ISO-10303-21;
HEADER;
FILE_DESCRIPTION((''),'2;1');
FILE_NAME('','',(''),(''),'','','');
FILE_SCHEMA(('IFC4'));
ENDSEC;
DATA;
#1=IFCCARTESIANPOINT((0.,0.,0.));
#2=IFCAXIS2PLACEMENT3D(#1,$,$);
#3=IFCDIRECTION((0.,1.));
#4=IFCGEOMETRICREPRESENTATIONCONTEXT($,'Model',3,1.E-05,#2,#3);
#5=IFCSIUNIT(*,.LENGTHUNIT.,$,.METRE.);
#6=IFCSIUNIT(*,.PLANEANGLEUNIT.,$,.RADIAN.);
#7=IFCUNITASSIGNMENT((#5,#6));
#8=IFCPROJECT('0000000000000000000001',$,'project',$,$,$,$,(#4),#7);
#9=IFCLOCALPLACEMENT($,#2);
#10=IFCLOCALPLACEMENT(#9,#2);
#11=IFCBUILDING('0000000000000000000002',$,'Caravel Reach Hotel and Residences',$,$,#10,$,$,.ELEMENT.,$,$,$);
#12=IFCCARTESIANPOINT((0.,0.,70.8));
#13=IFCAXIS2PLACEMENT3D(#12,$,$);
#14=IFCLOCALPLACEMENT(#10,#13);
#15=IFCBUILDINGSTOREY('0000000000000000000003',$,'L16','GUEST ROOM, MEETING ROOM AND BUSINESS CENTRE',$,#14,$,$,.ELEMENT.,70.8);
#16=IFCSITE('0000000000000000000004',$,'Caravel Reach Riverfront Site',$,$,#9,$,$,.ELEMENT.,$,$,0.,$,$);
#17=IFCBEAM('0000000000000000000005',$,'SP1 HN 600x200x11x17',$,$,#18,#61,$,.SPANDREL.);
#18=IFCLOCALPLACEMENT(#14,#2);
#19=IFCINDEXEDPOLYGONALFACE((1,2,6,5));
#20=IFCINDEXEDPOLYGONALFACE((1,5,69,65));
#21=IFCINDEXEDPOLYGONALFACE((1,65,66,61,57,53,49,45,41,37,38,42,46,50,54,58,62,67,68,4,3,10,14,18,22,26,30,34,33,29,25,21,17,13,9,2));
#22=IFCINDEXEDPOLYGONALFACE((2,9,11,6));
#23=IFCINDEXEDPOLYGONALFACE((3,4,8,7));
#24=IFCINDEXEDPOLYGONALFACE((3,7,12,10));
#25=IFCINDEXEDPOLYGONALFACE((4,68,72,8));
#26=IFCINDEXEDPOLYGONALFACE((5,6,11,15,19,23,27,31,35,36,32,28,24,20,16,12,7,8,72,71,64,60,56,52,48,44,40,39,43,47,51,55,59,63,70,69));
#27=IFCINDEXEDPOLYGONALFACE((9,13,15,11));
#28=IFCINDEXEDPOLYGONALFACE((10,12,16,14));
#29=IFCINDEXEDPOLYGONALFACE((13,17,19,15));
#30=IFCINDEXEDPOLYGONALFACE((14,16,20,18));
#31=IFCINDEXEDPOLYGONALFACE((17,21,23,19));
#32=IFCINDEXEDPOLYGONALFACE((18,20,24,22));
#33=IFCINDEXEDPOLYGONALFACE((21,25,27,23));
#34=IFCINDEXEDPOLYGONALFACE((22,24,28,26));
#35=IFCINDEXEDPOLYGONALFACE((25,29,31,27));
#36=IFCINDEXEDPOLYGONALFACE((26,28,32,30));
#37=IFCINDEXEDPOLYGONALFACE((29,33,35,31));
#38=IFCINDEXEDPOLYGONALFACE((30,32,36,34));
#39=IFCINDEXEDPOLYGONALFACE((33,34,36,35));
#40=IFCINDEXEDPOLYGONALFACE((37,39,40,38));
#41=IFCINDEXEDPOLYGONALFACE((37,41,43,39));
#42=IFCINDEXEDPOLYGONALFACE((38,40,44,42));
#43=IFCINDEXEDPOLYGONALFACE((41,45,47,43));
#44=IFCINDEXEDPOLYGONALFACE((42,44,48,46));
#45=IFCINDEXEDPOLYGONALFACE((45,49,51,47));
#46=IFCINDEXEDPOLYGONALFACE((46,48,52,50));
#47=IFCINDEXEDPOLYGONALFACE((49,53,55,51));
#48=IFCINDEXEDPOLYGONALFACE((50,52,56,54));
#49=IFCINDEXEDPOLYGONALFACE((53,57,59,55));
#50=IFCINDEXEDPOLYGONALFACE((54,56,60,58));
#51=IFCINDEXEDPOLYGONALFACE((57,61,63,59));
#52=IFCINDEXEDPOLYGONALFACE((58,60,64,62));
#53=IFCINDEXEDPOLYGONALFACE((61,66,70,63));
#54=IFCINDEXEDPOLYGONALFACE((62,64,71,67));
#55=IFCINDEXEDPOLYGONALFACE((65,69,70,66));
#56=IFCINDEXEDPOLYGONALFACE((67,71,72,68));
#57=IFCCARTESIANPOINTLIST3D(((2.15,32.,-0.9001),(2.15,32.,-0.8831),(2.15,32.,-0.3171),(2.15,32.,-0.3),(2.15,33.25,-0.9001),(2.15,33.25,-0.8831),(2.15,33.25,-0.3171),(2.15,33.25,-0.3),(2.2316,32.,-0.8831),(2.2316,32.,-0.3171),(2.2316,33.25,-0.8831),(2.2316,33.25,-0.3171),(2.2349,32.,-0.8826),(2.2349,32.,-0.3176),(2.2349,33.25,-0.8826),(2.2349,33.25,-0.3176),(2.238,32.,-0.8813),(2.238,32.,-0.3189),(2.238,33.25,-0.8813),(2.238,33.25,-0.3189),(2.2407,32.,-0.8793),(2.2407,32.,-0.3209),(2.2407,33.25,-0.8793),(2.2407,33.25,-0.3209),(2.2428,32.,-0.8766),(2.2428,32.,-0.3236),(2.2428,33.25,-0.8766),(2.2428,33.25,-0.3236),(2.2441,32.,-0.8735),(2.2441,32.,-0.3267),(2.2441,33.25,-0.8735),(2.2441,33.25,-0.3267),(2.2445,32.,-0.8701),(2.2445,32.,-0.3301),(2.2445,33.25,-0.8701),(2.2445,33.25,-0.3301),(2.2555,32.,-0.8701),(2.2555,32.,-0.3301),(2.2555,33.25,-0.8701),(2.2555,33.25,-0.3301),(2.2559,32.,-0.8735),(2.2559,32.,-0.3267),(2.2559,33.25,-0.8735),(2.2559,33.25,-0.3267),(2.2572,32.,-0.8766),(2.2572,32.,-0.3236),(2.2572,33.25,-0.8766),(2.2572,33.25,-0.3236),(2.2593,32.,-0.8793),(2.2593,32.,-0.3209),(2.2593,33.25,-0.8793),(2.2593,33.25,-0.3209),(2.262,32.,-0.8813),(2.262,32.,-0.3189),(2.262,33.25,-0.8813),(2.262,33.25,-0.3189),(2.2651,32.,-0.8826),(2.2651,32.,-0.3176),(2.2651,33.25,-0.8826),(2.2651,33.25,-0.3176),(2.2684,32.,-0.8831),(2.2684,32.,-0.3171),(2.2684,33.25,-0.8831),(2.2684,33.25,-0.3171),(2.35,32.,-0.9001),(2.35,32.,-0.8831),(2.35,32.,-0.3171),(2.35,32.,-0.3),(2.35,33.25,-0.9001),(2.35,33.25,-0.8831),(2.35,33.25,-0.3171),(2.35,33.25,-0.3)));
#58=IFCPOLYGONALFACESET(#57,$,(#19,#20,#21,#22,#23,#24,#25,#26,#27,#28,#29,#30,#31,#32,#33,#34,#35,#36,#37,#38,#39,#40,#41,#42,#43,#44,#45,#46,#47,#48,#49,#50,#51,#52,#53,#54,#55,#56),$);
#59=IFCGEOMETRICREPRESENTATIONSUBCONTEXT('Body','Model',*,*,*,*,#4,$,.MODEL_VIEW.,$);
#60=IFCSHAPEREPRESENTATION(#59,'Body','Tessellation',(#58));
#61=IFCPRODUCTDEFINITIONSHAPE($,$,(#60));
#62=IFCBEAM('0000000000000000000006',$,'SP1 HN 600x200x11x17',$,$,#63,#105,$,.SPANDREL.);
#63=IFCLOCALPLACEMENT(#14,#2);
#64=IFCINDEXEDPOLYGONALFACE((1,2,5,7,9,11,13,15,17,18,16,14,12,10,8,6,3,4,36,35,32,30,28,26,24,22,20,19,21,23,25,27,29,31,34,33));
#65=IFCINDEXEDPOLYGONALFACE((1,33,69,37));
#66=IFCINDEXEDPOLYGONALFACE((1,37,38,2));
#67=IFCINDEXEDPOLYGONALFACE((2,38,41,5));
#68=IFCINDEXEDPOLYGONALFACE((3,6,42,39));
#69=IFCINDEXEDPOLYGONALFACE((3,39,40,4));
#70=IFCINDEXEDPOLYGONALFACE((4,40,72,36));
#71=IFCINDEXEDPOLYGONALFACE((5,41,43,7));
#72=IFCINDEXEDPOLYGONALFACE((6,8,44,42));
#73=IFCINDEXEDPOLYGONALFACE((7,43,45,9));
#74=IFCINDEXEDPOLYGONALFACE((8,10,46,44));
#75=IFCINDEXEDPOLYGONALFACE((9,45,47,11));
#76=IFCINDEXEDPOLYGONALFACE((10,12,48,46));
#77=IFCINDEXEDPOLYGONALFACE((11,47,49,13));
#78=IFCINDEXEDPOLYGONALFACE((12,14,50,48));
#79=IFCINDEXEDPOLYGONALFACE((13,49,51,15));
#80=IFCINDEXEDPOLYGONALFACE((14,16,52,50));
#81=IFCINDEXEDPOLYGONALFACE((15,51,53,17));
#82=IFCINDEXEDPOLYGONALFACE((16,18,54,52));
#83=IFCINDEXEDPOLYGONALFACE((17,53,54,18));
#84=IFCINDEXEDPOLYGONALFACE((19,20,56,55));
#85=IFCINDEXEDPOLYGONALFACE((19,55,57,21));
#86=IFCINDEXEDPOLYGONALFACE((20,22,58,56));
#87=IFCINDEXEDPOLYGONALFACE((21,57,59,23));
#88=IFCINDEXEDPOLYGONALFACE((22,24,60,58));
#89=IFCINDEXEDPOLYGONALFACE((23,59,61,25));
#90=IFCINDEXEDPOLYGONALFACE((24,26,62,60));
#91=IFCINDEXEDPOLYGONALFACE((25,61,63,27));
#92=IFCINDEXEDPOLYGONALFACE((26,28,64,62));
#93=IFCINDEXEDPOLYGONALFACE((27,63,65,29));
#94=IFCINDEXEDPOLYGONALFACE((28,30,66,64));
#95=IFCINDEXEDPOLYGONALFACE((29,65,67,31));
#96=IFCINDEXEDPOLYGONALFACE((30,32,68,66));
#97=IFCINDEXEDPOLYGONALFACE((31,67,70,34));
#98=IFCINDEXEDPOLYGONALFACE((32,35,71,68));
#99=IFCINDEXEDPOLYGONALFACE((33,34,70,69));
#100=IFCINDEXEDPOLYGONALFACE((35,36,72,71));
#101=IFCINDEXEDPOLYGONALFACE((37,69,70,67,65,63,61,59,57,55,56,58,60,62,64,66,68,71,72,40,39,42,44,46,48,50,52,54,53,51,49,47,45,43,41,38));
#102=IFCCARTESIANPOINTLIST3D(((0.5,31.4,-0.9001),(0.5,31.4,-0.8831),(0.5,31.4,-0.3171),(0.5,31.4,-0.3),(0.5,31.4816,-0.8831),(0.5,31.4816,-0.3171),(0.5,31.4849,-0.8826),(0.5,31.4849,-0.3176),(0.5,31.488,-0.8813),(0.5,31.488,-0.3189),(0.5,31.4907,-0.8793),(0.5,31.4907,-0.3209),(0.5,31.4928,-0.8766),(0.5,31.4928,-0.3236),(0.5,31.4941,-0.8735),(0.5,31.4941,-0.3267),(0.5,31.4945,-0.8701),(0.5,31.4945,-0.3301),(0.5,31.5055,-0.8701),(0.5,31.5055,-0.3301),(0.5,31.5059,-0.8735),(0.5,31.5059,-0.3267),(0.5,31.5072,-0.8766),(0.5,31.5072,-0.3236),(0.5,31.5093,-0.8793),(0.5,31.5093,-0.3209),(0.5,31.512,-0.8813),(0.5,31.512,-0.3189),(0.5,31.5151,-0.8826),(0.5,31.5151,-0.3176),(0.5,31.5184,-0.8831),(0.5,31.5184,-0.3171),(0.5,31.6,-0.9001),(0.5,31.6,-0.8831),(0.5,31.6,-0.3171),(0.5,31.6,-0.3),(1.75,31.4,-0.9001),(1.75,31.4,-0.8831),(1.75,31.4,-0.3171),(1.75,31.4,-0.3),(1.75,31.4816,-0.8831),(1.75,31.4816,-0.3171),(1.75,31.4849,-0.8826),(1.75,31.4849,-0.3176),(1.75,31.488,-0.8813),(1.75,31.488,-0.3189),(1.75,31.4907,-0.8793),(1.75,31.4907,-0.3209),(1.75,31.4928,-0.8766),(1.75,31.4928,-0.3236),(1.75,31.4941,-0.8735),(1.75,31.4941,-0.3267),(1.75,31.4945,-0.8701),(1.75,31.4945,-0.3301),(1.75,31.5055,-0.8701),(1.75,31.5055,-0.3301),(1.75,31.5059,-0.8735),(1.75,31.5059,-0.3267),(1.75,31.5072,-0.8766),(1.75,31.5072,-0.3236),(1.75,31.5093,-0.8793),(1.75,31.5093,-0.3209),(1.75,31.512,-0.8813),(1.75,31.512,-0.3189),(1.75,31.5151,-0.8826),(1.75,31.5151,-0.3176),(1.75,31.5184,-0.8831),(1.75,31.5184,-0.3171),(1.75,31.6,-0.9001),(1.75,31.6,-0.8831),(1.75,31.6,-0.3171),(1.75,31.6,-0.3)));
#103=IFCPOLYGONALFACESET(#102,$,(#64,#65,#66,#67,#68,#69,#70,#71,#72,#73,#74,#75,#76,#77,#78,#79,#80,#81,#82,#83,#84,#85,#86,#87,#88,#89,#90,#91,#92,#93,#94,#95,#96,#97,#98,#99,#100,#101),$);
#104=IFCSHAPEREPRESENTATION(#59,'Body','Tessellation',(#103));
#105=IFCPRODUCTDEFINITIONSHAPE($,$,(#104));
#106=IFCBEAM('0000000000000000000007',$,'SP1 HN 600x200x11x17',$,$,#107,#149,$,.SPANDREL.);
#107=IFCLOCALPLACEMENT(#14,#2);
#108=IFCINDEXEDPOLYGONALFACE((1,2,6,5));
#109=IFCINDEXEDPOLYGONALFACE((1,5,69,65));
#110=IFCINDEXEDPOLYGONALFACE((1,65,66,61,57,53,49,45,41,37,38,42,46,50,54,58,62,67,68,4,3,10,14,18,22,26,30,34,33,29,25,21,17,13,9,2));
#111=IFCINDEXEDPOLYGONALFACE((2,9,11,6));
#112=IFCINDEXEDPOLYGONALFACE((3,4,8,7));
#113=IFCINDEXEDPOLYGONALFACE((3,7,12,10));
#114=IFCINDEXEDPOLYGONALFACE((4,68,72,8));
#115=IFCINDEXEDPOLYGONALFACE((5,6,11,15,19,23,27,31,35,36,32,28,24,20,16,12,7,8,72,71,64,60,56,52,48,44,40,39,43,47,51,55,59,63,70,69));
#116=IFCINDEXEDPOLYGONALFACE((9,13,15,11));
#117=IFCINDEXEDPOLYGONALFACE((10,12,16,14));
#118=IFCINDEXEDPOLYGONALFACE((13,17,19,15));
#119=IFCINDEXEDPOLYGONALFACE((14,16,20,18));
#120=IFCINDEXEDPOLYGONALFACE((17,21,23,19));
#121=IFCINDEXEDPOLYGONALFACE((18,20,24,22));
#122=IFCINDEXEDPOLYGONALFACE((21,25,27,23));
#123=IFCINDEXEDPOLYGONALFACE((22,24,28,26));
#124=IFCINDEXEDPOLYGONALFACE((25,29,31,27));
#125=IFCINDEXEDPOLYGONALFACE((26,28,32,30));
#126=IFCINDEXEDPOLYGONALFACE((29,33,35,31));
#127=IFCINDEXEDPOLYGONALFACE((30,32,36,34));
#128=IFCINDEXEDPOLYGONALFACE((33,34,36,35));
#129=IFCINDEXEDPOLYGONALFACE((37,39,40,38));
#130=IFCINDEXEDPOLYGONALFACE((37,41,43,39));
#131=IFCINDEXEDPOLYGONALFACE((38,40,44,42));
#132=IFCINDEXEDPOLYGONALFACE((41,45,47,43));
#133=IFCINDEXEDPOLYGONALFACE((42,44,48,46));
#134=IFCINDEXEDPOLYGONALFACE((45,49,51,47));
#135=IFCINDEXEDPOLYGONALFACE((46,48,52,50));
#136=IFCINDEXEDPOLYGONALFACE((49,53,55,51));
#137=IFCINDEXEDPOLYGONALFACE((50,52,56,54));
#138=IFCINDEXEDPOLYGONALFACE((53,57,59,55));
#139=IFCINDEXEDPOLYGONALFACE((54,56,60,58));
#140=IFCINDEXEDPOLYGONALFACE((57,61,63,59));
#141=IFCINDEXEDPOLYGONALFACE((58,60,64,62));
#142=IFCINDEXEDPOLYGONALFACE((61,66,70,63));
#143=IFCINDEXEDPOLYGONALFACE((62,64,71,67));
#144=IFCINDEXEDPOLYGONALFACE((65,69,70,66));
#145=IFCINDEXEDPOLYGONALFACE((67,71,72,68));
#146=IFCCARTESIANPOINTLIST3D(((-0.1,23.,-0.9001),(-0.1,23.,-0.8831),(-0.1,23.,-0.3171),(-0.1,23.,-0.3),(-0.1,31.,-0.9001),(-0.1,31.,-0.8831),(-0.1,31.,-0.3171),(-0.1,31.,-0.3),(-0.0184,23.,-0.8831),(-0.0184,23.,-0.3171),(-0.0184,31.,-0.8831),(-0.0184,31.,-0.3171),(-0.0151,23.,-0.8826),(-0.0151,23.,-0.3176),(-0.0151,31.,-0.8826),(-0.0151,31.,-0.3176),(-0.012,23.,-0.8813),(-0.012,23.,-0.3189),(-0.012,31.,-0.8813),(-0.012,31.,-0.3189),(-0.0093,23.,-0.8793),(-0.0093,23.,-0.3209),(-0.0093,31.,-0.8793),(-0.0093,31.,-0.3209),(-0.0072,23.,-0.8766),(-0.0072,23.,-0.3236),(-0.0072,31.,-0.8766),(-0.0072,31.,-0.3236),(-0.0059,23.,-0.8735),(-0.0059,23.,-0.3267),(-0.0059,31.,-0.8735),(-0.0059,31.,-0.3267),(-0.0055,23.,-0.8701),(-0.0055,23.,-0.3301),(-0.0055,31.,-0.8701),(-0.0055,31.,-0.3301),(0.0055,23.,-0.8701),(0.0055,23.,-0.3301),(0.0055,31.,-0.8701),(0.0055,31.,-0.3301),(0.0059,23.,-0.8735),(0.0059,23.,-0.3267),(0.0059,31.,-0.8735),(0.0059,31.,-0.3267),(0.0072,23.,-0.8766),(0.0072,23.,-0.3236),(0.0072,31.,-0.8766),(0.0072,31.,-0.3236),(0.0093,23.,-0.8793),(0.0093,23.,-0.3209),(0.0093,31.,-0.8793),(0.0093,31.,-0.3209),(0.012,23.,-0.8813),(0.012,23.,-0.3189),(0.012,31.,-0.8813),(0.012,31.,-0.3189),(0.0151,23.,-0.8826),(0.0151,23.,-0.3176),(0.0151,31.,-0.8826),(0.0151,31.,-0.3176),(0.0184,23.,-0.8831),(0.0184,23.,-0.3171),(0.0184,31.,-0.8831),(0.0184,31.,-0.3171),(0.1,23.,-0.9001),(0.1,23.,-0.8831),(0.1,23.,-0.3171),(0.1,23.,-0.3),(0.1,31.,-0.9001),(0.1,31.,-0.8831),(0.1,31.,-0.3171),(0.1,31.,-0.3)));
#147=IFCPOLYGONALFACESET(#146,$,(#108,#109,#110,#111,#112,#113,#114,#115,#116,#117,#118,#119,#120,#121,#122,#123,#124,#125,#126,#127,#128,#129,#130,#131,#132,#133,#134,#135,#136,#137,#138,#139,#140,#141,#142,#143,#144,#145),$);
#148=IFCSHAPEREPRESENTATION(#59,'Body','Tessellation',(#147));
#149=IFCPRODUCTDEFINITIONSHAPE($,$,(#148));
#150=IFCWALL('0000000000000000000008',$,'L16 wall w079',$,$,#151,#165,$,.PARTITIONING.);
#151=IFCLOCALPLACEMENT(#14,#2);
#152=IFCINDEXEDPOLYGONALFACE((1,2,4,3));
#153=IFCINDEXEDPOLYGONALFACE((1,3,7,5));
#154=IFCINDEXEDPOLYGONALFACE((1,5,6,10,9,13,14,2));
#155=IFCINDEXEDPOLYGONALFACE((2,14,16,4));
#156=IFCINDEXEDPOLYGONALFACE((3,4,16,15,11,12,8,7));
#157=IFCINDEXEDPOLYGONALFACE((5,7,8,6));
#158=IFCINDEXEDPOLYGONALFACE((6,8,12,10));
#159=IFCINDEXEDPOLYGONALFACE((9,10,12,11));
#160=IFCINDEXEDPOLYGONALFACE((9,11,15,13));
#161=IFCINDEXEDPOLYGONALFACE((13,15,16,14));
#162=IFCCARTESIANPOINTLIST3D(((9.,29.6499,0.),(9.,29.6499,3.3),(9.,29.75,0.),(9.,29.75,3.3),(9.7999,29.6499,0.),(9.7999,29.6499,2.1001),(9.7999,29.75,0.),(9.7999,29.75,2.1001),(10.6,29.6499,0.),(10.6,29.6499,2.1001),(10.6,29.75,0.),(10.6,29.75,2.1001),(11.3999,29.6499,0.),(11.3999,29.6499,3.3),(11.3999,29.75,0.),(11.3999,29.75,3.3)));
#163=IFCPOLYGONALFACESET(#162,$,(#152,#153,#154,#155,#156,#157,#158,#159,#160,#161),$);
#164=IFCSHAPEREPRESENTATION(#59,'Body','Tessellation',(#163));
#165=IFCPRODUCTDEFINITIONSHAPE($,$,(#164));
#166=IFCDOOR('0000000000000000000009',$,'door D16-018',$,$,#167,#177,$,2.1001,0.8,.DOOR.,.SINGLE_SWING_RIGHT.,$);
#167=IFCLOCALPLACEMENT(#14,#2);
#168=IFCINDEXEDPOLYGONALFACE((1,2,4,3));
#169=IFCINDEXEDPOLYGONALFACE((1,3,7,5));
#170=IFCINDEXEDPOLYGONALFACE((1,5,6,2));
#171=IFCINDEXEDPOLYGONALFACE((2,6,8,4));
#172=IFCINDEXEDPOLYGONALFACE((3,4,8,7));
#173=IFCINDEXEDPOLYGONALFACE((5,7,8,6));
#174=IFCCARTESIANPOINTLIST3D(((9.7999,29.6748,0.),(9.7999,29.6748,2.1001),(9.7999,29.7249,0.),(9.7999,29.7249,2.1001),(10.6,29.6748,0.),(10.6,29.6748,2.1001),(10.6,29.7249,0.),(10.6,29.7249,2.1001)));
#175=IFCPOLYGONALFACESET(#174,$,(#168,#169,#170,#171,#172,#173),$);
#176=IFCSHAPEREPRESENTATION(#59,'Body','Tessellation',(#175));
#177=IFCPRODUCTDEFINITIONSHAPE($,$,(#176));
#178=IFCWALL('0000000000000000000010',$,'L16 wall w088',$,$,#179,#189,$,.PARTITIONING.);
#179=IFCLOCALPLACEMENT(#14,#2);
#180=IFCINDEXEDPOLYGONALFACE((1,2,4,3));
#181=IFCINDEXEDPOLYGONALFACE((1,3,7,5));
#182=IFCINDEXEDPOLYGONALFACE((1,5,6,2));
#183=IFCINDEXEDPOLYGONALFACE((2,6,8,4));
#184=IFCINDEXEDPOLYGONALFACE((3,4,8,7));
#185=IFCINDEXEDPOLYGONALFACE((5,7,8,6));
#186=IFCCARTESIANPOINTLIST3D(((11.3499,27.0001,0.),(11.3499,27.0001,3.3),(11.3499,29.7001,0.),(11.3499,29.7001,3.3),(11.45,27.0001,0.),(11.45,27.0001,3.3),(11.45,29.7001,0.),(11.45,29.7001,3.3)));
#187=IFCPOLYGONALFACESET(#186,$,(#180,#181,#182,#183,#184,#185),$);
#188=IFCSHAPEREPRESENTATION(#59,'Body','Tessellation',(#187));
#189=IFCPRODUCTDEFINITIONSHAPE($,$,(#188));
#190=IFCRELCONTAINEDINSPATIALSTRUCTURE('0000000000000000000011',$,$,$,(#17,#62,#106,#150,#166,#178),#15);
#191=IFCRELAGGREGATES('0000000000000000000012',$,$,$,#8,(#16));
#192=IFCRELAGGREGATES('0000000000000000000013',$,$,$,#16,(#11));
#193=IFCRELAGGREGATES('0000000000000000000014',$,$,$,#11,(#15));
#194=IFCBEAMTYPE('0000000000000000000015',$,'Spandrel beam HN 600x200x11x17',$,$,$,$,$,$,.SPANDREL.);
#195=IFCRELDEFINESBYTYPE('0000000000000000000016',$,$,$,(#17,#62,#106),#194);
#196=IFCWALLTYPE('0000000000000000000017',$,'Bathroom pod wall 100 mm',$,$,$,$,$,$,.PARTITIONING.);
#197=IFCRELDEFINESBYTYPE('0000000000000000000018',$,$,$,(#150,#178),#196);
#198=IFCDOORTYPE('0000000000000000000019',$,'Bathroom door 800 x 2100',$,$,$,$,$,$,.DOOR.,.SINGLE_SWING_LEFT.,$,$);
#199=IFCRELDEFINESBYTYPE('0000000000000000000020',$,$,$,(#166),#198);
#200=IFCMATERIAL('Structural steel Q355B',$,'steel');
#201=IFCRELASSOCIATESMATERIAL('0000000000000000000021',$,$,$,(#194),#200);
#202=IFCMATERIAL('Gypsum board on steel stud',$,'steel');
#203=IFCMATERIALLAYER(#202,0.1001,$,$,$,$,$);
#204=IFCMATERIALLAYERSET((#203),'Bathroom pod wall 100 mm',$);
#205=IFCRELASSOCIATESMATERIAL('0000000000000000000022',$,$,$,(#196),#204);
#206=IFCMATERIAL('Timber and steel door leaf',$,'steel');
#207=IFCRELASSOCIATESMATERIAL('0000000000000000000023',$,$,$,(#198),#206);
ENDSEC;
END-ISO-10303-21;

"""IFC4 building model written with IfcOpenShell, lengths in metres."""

from ifc_helpers import new_model, si_unit, direction, frame, frame_2d, origin, origin_2d, place, context, subcontext, project, spatial, rectangle, i_section, extrude, material, layer, layer_set, material_profile, profile_set, type_object, element, fill, save


model = new_model("IFC4")

# Units and contexts
model_context = context("Model", 3, precision=1e-05, world=origin(), true_north=direction((0.0, 1.0)))
body_context = subcontext(model_context, "Body", "Model", "MODEL_VIEW")
ifc_project = project(units=[si_unit("LENGTHUNIT", "METRE"), si_unit("PLANEANGLEUNIT", "RADIAN")], contexts=[model_context])

# Site, building, storey
site_placement = place(None, origin())
site = spatial("IfcSite", under=ifc_project, at=site_placement, Name="Caravel Reach Riverfront Site", CompositionType="ELEMENT", RefElevation=0.0)
building_placement = place(site_placement, origin())
building = spatial("IfcBuilding", under=site, at=building_placement, Name="Caravel Reach Hotel and Residences", CompositionType="ELEMENT")
storey_placement = place(building_placement, frame((0.0, 0.0, 70.8)))
storey = spatial("IfcBuildingStorey", under=building, at=storey_placement, Name="L16", Description="GUEST ROOM, MEETING ROOM AND BUSINESS CENTRE", CompositionType="ELEMENT", Elevation=70.8)

# Beams
ifc_material_1 = material(Name="Structural steel Q355B", Category="steel")
ifc_material_profile_1 = material_profile(ifc_material_1, i_section(OverallWidth=0.2, OverallDepth=0.6001, WebThickness=0.011, FlangeThickness=0.0171, FilletRadius=0.0129, at=origin_2d()), Name="HN 600x200x11x17")
ifc_profile_set_1 = profile_set([ifc_material_profile_1], Name="Structural steel Q355B")
beam_type = type_object("IfcBeamType", Name="Spandrel beam HN 600x200x11x17", PredefinedType="SPANDREL", material=ifc_profile_set_1)
for number, where, z_axis, x_axis, name in (
    (1, (2.25, 33.25, -0.6001), (0.0, -1.0, 0.0), (1.0, 0.0, 0.0), "SP1 HN 600x200x11x17"),
    (2, (1.75, 31.5, -0.6001), (-1.0, 0.0, 0.0), (0.0, -1.0, 0.0), "SP1 HN 600x200x11x17"),
):
    element("IfcBeam", number, at=place(storey_placement, frame(where, z_axis=z_axis, x_axis=x_axis)), inside=storey, type_object=beam_type, Name=name, PredefinedType="SPANDREL", context=body_context, shape_type="SweptSolid", body=[
        extrude(i_section(OverallWidth=0.2, OverallDepth=0.6001, WebThickness=0.011, FlangeThickness=0.0171, FilletRadius=0.0129, at=origin_2d()), origin(), (0.0, 0.0, 1.0), 1.25),
    ])
beam_placement = place(storey_placement, frame((0.0, 31.0, -0.6001), z_axis=(0.0, -1.0, 0.0), x_axis=(1.0, 0.0, 0.0)))
element("IfcBeam", 3, at=beam_placement, inside=storey, type_object=beam_type, Name="SP1 HN 600x200x11x17", PredefinedType="SPANDREL", context=body_context, shape_type="SweptSolid", body=[
    extrude(i_section(OverallWidth=0.2, OverallDepth=0.6001, WebThickness=0.011, FlangeThickness=0.0171, FilletRadius=0.0129, at=origin_2d()), origin(), (0.0, 0.0, 1.0), 8.0),
])

# Wall, opening, door
ifc_material_2 = material(Name="Gypsum board on steel stud", Category="steel")
ifc_layer_1 = layer(ifc_material_2, 0.1001)
ifc_layer_set_1 = layer_set([ifc_layer_1], Name="Bathroom pod wall 100 mm")
wall_type_1 = type_object("IfcWallType", Name="Bathroom pod wall 100 mm", PredefinedType="PARTITIONING", material=ifc_layer_set_1)
wall_1_placement = place(storey_placement, frame((9.0, 29.7, 0.0), z_axis=(0.0, 0.0, 1.0), x_axis=(1.0, 0.0, 0.0)))
wall_1 = element("IfcWall", 4, at=wall_1_placement, inside=storey, type_object=wall_type_1, Name="L16 wall w079", PredefinedType="PARTITIONING", context=body_context, shape_type="SweptSolid", body=[
    extrude(rectangle(XDim=2.3999, YDim=0.1001, at=frame_2d((1.2, 0.0))), origin(), (0.0, 0.0, 1.0), 3.3),
])
opening_1_placement = place(wall_1_placement, frame((0.8, 0.0, 0.0)))
opening_1 = element("IfcOpeningElement", 5, at=opening_1_placement, cuts=wall_1, PredefinedType="OPENING", context=body_context, shape_type="SweptSolid", body=[
    extrude(rectangle(XDim=0.8, YDim=2.1001, at=frame_2d((0.3999, 1.05))), frame((0.0, 0.0601, 0.0), z_axis=(0.0, -1.0, 0.0), x_axis=(1.0, 0.0, 0.0)), (0.0, 0.0, 1.0), 0.1201),
])
ifc_material_3 = material(Name="Timber and steel door leaf", Category="steel")
door_type_1 = type_object("IfcDoorType", Name="Bathroom door 800 x 2100", OperationType="SINGLE_SWING_LEFT", PredefinedType="DOOR", material=ifc_material_3)
door_1_placement = place(opening_1_placement, origin())
door_1 = element("IfcDoor", 6, at=door_1_placement, inside=storey, type_object=door_type_1, Name="door D16-018", OperationType="SINGLE_SWING_RIGHT", OverallHeight=2.1001, OverallWidth=0.8, PredefinedType="DOOR", context=body_context, shape_type="SweptSolid", body=[
    extrude(rectangle(XDim=0.8, YDim=2.1001, at=frame_2d((0.3999, 1.05))), frame((0.0, 0.0249, 0.0), z_axis=(0.0, -1.0, 0.0), x_axis=(1.0, 0.0, 0.0)), (0.0, 0.0, 1.0), 0.05),
])
fill(opening_1, door_1)

# Wall
wall_2_placement = place(storey_placement, frame((11.3999, 27.0, 0.0), z_axis=(0.0, 0.0, 1.0), x_axis=(0.0, 1.0, 0.0)))
element("IfcWall", 7, at=wall_2_placement, inside=storey, type_object=wall_type_1, Name="L16 wall w088", PredefinedType="PARTITIONING", context=body_context, shape_type="SweptSolid", body=[
    extrude(rectangle(XDim=2.7, YDim=0.1001, at=frame_2d((1.3501, 0.0))), origin(), (0.0, 0.0, 1.0), 3.3),
])

save(model, "model.ifc")
